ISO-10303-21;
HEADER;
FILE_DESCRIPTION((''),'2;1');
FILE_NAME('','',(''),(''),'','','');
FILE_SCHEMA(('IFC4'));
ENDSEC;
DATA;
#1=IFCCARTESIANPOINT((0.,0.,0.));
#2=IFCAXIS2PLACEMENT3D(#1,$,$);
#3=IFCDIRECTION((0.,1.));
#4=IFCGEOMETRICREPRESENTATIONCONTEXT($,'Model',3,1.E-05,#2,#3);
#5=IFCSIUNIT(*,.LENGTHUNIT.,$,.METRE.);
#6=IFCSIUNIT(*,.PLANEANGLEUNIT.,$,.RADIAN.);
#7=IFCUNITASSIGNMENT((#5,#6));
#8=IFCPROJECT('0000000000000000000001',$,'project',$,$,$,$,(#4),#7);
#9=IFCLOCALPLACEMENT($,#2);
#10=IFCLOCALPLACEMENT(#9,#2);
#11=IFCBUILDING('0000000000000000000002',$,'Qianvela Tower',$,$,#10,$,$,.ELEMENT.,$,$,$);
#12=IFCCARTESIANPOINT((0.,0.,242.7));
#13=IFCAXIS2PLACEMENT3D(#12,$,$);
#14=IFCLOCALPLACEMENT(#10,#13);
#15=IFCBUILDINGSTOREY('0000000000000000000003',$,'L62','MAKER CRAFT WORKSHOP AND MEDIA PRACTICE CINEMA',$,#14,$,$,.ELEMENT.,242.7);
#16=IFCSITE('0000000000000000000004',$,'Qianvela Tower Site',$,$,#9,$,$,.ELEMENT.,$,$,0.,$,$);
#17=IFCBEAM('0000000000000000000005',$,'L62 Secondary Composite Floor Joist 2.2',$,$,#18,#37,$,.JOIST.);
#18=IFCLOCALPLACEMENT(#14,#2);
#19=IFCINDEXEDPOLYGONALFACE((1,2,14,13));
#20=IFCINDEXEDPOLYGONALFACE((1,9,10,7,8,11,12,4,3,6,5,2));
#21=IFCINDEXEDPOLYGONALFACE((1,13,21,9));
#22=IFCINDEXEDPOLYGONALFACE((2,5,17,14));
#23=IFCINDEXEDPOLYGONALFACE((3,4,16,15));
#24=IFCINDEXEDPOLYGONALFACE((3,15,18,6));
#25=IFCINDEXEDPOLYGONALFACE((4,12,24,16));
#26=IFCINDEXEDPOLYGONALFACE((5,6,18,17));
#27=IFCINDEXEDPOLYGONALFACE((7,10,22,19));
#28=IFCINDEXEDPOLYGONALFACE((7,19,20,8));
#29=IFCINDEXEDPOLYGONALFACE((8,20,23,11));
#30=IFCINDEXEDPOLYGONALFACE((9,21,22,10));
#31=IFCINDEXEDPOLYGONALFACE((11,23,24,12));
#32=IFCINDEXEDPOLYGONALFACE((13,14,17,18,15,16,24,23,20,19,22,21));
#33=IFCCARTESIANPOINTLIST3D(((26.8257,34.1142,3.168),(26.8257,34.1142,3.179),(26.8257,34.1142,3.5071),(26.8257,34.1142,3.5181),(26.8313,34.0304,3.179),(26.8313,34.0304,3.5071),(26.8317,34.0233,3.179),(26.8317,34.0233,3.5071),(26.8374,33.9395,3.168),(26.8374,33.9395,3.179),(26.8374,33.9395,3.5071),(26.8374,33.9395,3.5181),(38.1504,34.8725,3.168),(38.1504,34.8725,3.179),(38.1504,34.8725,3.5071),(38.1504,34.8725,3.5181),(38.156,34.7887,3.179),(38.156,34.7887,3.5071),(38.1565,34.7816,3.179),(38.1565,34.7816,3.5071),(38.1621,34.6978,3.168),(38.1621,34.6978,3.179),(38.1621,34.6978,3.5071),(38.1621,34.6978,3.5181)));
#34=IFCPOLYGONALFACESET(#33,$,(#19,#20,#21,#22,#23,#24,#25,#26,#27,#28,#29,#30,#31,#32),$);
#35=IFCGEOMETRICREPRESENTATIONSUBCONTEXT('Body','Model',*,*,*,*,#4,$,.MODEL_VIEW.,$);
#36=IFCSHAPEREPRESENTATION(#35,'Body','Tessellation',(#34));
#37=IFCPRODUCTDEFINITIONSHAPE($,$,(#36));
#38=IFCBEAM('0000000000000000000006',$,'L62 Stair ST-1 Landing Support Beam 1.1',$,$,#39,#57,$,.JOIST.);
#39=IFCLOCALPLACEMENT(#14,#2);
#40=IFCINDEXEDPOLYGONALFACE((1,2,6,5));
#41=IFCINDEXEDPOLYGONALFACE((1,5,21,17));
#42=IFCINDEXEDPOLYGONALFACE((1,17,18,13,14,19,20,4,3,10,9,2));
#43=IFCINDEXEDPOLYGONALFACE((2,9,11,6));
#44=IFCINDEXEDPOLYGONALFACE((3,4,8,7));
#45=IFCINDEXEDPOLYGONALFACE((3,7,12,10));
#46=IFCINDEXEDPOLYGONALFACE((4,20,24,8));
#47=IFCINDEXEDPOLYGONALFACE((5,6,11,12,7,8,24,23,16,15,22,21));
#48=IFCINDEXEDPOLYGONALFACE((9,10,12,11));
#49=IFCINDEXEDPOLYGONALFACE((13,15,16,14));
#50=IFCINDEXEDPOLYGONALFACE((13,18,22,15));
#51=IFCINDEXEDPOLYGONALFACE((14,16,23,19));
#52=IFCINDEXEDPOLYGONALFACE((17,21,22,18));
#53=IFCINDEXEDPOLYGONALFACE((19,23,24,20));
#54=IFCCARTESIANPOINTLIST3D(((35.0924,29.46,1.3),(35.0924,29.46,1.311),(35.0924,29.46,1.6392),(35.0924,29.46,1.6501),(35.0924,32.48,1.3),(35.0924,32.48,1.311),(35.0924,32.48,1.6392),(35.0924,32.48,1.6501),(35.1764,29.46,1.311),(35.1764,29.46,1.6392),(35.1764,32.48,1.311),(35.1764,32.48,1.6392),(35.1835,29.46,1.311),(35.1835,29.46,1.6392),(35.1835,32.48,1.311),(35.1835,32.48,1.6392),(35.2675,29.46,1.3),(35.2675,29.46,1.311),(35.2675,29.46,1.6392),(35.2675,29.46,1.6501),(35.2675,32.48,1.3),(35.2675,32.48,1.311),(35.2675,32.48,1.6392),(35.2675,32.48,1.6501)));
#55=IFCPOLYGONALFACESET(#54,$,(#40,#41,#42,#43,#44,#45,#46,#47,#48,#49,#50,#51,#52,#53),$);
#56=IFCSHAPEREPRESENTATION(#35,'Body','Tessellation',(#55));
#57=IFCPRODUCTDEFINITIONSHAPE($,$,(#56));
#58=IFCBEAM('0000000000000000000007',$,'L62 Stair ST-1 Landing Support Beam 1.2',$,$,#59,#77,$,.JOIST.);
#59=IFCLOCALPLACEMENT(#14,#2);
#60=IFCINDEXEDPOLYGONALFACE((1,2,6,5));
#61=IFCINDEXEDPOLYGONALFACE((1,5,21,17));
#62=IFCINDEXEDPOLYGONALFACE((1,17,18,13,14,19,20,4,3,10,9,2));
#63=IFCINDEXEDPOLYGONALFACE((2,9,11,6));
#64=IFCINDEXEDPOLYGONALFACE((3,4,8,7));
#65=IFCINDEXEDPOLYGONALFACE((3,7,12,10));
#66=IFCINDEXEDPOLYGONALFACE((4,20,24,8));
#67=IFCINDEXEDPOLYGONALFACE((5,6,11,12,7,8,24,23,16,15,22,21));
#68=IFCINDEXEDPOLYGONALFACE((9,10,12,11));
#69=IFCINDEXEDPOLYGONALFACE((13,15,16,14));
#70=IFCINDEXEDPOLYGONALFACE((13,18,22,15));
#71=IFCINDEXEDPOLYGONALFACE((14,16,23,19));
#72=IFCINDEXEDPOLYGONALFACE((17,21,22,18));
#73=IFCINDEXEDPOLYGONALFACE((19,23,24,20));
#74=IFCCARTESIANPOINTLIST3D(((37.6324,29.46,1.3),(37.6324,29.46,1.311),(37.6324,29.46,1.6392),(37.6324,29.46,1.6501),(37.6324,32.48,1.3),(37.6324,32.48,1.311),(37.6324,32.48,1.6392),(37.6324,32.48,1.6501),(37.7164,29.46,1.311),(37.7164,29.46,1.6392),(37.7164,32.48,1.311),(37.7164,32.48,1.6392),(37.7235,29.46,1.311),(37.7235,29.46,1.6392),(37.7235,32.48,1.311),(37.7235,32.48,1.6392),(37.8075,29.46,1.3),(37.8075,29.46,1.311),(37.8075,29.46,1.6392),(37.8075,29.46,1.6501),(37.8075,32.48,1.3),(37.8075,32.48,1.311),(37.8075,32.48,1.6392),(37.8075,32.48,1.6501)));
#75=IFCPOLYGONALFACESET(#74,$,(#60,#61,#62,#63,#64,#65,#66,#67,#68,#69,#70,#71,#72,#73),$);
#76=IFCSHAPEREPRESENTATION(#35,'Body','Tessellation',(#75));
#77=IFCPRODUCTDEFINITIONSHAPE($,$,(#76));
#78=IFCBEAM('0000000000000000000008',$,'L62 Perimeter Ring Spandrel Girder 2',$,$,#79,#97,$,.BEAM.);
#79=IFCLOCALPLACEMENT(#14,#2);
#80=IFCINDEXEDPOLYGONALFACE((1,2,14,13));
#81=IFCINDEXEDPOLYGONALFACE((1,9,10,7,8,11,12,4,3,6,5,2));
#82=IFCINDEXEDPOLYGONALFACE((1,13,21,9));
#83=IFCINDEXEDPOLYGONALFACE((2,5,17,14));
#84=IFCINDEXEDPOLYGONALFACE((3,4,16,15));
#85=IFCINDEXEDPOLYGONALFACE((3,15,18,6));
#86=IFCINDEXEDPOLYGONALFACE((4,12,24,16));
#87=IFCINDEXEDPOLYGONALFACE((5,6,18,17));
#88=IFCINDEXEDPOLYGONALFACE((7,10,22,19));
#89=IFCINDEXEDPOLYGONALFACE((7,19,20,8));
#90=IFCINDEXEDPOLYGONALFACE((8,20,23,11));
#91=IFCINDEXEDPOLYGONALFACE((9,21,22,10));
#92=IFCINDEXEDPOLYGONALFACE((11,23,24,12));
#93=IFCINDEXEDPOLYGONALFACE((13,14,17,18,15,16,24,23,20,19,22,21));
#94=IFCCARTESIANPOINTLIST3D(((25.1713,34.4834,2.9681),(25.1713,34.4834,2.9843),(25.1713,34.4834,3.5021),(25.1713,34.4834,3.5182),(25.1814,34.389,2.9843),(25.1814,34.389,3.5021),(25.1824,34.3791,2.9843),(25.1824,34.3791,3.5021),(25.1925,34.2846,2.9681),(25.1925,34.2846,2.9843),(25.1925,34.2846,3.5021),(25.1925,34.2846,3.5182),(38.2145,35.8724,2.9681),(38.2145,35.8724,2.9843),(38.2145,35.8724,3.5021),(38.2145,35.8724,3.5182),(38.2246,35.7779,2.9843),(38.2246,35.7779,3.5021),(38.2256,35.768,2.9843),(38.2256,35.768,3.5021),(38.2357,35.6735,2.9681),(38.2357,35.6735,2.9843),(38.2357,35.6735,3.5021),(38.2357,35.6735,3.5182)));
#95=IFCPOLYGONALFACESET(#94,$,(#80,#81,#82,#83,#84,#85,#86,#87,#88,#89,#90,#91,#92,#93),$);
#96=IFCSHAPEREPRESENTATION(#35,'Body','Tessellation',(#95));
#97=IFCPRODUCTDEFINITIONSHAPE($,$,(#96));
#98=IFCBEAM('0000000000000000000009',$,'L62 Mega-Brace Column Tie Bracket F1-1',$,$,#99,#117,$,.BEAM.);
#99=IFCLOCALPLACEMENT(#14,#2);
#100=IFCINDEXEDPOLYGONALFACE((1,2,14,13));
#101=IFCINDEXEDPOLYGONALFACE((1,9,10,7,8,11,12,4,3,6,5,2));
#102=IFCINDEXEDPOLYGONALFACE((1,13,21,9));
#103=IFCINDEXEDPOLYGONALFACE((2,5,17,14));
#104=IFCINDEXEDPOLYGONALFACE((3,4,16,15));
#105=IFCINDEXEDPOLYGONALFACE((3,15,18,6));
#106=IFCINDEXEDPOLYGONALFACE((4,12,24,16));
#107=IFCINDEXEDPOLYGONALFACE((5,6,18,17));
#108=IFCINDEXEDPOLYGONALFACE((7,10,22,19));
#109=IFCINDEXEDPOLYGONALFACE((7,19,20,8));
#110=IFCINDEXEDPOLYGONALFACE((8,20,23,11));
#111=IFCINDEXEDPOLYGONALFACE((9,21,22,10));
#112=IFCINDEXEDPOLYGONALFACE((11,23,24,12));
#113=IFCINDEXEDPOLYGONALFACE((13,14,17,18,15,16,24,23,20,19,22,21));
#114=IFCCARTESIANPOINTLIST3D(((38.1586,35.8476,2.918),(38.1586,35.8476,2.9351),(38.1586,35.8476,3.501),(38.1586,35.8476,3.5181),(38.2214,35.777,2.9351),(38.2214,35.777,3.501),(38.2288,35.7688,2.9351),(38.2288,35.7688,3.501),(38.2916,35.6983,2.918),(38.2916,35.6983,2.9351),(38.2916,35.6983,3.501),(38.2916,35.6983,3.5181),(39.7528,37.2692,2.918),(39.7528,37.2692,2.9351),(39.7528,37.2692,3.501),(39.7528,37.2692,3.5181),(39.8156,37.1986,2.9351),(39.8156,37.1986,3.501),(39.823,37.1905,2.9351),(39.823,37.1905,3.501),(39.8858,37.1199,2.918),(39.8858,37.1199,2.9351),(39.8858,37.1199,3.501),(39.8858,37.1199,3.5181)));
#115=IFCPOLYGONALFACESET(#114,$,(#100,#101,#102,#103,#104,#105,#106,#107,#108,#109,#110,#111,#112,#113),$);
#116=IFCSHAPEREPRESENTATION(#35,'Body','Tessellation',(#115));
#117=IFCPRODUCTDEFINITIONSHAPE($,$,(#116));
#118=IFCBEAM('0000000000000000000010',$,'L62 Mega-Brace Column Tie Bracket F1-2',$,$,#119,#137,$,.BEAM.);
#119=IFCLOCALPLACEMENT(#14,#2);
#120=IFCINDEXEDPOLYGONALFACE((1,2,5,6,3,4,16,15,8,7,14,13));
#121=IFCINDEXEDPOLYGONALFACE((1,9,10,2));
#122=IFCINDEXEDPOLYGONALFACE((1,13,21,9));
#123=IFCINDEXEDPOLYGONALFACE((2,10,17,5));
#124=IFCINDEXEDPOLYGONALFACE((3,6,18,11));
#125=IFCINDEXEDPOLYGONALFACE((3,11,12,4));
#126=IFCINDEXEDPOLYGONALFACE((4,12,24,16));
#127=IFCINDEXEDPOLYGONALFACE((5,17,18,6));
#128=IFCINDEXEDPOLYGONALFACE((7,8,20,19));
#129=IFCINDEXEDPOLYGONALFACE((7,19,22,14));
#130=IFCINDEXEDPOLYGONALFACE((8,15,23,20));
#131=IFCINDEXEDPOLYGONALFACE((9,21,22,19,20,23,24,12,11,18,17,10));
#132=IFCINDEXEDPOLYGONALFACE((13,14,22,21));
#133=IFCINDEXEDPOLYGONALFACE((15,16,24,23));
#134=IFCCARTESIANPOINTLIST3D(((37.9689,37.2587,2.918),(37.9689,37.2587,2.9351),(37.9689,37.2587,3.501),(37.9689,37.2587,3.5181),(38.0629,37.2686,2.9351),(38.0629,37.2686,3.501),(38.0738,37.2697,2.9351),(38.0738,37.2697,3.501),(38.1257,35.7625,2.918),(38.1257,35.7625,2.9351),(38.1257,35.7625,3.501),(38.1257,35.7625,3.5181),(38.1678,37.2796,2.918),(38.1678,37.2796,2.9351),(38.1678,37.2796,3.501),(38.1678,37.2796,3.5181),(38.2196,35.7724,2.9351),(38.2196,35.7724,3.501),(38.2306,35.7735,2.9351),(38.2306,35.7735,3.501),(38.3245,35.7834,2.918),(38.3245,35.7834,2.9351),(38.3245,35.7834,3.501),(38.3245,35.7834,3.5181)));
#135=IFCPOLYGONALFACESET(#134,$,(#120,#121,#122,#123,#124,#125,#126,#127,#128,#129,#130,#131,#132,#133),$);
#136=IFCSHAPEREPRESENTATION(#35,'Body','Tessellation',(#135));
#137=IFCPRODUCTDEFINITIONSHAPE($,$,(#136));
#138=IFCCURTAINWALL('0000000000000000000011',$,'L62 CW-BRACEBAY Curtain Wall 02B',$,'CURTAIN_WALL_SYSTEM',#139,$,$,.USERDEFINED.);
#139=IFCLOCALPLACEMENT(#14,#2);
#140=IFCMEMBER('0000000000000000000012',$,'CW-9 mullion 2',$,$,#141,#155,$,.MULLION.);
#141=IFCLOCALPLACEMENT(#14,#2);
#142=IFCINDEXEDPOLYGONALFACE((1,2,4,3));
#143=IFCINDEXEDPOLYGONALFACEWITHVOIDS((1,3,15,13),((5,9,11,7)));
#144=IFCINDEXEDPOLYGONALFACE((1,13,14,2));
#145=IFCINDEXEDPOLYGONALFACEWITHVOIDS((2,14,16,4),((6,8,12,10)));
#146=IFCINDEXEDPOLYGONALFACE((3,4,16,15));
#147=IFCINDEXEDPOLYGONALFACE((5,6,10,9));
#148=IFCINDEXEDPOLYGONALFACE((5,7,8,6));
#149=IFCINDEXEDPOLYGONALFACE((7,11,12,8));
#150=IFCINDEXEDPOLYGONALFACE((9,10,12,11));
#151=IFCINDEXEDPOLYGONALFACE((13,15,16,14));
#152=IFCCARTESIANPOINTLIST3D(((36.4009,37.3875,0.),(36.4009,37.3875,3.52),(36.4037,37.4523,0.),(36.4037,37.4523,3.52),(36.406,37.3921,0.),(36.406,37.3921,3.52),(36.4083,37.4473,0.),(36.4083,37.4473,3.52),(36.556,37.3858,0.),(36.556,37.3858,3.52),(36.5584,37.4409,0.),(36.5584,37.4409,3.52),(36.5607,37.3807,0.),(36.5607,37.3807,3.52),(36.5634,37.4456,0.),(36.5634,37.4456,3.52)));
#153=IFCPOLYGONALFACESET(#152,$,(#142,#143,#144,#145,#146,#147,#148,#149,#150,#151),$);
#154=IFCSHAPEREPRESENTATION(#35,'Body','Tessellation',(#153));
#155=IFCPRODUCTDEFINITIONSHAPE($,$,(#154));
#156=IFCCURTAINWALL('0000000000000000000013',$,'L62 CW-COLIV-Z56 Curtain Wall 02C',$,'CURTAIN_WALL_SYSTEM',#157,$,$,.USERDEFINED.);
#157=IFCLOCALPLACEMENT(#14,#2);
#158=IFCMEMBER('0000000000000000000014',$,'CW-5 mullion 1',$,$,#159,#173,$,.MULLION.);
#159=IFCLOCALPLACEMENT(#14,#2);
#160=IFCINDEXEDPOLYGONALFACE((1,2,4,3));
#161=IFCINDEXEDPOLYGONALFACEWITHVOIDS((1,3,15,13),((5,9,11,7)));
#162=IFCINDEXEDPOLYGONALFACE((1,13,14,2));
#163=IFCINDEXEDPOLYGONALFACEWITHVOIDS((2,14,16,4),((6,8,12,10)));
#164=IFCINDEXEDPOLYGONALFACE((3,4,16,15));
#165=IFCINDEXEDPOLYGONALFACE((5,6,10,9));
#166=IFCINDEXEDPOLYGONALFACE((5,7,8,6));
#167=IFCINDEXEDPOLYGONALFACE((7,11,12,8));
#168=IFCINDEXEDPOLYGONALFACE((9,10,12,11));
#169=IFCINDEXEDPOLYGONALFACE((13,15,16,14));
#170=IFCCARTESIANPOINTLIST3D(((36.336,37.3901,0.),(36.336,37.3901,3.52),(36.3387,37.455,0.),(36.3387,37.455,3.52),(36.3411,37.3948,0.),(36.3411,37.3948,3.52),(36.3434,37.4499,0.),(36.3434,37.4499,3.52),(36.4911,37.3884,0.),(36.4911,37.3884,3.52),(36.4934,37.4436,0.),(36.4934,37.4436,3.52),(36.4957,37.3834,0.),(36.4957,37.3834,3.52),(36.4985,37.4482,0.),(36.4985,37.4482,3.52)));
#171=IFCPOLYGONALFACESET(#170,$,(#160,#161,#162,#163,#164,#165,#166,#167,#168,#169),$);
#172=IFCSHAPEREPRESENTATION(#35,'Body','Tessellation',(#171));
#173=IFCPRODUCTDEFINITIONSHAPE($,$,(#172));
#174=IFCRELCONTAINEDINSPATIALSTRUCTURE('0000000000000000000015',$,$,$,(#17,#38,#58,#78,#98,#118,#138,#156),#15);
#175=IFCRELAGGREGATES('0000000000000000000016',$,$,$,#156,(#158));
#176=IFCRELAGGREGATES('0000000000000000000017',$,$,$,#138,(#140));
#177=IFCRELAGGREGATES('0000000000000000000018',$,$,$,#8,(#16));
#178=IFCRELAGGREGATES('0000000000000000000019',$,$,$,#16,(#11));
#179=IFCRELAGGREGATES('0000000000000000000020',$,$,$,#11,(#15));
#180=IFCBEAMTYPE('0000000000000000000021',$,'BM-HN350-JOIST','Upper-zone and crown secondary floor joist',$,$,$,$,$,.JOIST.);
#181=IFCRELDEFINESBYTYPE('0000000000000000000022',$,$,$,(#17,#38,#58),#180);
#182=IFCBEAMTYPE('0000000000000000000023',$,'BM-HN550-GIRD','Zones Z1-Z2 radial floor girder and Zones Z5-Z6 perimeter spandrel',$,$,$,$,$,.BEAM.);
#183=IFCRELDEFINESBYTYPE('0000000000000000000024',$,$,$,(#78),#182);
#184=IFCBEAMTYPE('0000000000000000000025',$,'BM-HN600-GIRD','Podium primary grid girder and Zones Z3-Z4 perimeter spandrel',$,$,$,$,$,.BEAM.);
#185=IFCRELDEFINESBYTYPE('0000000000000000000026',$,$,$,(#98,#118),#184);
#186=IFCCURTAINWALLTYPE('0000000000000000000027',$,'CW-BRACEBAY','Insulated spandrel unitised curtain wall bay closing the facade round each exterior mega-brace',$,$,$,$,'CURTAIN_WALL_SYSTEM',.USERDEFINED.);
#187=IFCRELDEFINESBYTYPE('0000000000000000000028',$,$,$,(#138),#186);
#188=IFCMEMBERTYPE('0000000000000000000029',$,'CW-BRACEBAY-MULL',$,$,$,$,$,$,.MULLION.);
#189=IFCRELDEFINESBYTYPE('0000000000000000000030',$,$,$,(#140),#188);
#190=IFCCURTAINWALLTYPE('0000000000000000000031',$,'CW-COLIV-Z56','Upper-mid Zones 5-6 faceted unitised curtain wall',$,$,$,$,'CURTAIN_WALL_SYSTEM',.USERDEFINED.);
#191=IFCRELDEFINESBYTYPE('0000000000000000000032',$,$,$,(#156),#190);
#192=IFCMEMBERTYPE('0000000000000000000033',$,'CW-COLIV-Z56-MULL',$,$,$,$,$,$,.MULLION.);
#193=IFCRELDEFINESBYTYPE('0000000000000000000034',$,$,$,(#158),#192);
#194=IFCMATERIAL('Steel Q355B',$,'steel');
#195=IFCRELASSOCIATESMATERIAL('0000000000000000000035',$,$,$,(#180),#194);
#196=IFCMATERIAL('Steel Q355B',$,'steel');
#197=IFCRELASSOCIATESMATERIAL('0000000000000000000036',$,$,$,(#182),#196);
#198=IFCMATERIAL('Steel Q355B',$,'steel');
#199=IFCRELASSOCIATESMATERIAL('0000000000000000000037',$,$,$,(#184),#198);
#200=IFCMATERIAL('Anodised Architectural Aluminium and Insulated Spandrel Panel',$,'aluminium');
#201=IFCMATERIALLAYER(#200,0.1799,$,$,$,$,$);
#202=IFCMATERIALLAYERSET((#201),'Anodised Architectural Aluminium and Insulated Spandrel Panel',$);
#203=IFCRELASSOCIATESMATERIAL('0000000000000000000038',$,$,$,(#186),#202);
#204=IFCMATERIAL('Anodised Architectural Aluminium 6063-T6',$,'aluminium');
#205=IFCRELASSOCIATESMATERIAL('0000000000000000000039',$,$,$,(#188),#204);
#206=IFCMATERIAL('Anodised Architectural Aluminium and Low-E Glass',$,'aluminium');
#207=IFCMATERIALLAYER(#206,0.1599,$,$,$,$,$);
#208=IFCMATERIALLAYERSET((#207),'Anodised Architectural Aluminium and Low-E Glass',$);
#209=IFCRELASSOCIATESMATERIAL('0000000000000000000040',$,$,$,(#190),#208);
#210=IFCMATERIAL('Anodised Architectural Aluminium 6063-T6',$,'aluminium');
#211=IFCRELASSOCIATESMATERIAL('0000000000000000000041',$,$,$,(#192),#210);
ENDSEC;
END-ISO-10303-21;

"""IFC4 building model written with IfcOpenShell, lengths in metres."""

from ifc_helpers import new_model, si_unit, direction, frame, origin, origin_2d, place, context, subcontext, project, spatial, hollow_rectangle, i_section, extrude, material, layer, layer_set, material_profile, profile_set, type_object, element, aggregate, save


model = new_model("IFC4")

# Units and contexts
model_context = context("Model", 3, precision=1e-05, world=origin(), true_north=direction((0.0, 1.0)))
body_context = subcontext(model_context, "Body", "Model", "MODEL_VIEW")
ifc_project = project(units=[si_unit("LENGTHUNIT", "METRE"), si_unit("PLANEANGLEUNIT", "RADIAN")], contexts=[model_context])

# Site, building, storey
site_placement = place(None, origin())
site = spatial("IfcSite", under=ifc_project, at=site_placement, Name="Qianvela Tower Site", CompositionType="ELEMENT", RefElevation=0.0)
building_placement = place(site_placement, origin())
building = spatial("IfcBuilding", under=site, at=building_placement, Name="Qianvela Tower", CompositionType="ELEMENT")
storey_placement = place(building_placement, frame((0.0, 0.0, 242.7)))
storey = spatial("IfcBuildingStorey", under=building, at=storey_placement, Name="L62", Description="MAKER CRAFT WORKSHOP AND MEDIA PRACTICE CINEMA", CompositionType="ELEMENT", Elevation=242.7)

# Beams
ifc_material_1 = material(Name="Steel Q355B", Category="steel")
ifc_material_profile_1 = material_profile(ifc_material_1, i_section(OverallWidth=0.175, OverallDepth=0.3501, WebThickness=0.0071, FlangeThickness=0.011, at=origin_2d()), Name="HN350x175x7x11")
ifc_profile_set_1 = profile_set([ifc_material_profile_1], Name="Steel Q355B")
beam_type_1 = type_object("IfcBeamType", Name="BM-HN350-JOIST", Description="Upper-zone and crown secondary floor joist", PredefinedType="JOIST", material=ifc_profile_set_1)
beam_1_placement = place(storey_placement, frame((38.1562, 34.7852, 3.343), z_axis=(-0.997766, -0.06681, 0.0), x_axis=(0.06681, -0.997766, 0.0)))
element("IfcBeam", 1, at=beam_1_placement, inside=storey, type_object=beam_type_1, Name="L62 Secondary Composite Floor Joist 2.2", PredefinedType="JOIST", context=body_context, shape_type="SweptSolid", body=[
    extrude(i_section(OverallWidth=0.175, OverallDepth=0.3501, WebThickness=0.0071, FlangeThickness=0.011, at=origin_2d()), origin(), (0.0, 0.0, 1.0), 11.3501),
])
for number, where, z_axis, x_axis, name in (
    (2, (35.1799, 29.46, 1.4751), (0.0, 1.0, 0.0), (-1.0, 0.0, 0.0), "L62 Stair ST-1 Landing Support Beam 1.1"),
    (3, (37.72, 29.46, 1.4751), (0.0, 1.0, 0.0), (-1.0, 0.0, 0.0), "L62 Stair ST-1 Landing Support Beam 1.2"),
):
    element("IfcBeam", number, at=place(storey_placement, frame(where, z_axis=z_axis, x_axis=x_axis)), inside=storey, type_object=beam_type_1, Name=name, PredefinedType="JOIST", context=body_context, shape_type="SweptSolid", body=[
        extrude(i_section(OverallWidth=0.175, OverallDepth=0.3501, WebThickness=0.0071, FlangeThickness=0.011, at=origin_2d()), origin(), (0.0, 0.0, 1.0), 3.02),
    ])
ifc_material_2 = material(Name="Steel Q355B", Category="steel")
ifc_material_profile_2 = material_profile(ifc_material_2, i_section(OverallWidth=0.2, OverallDepth=0.55, WebThickness=0.01, FlangeThickness=0.0161, at=origin_2d()), Name="HN550x200x10x16")
ifc_profile_set_2 = profile_set([ifc_material_profile_2], Name="Steel Q355B")
beam_type_2 = type_object("IfcBeamType", Name="BM-HN550-GIRD", Description="Zones Z1-Z2 radial floor girder and Zones Z5-Z6 perimeter spandrel", PredefinedType="BEAM", material=ifc_profile_set_2)
beam_2_placement = place(storey_placement, frame((38.2251, 35.7729, 3.2432), z_axis=(-0.994378, -0.105887, 0.0), x_axis=(0.105887, -0.994378, 0.0)))
element("IfcBeam", 4, at=beam_2_placement, inside=storey, type_object=beam_type_2, Name="L62 Perimeter Ring Spandrel Girder 2", PredefinedType="BEAM", context=body_context, shape_type="SweptSolid", body=[
    extrude(i_section(OverallWidth=0.2, OverallDepth=0.55, WebThickness=0.01, FlangeThickness=0.0161, at=origin_2d()), origin(), (0.0, 0.0, 1.0), 13.1169),
])
ifc_material_3 = material(Name="Steel Q355B", Category="steel")
ifc_material_profile_3 = material_profile(ifc_material_3, i_section(OverallWidth=0.2, OverallDepth=0.6001, WebThickness=0.011, FlangeThickness=0.0171, at=origin_2d()), Name="HN600x200x11x17")
ifc_profile_set_3 = profile_set([ifc_material_profile_3], Name="Steel Q355B")
beam_type_3 = type_object("IfcBeamType", Name="BM-HN600-GIRD", Description="Podium primary grid girder and Zones Z3-Z4 perimeter spandrel", PredefinedType="BEAM", material=ifc_profile_set_3)
beam_3_placement = place(storey_placement, frame((38.2251, 35.7729, 3.218), z_axis=(0.746355, 0.665548, 0.0), x_axis=(-0.665548, 0.746355, 0.0)))
element("IfcBeam", 5, at=beam_3_placement, inside=storey, type_object=beam_type_3, Name="L62 Mega-Brace Column Tie Bracket F1-1", PredefinedType="BEAM", context=body_context, shape_type="SweptSolid", body=[
    extrude(i_section(OverallWidth=0.2, OverallDepth=0.6001, WebThickness=0.011, FlangeThickness=0.0171, at=origin_2d()), origin(), (0.0, 0.0, 1.0), 2.136),
])
beam_4_placement = place(storey_placement, frame((38.2251, 35.7729, 3.218), z_axis=(-0.104195, 0.994557, 0.0), x_axis=(-0.994557, -0.104195, 0.0)))
element("IfcBeam", 6, at=beam_4_placement, inside=storey, type_object=beam_type_3, Name="L62 Mega-Brace Column Tie Bracket F1-2", PredefinedType="BEAM", context=body_context, shape_type="SweptSolid", body=[
    extrude(i_section(OverallWidth=0.2, OverallDepth=0.6001, WebThickness=0.011, FlangeThickness=0.0171, at=origin_2d()), origin(), (0.0, 0.0, 1.0), 1.5044),
])

# Curtain wall, member
ifc_material_4 = material(Name="Anodised Architectural Aluminium and Insulated Spandrel Panel", Category="aluminium")
ifc_layer_1 = layer(ifc_material_4, 0.1799)
ifc_layer_set_1 = layer_set([ifc_layer_1], Name="Anodised Architectural Aluminium and Insulated Spandrel Panel")
curtain_wall_type_1 = type_object("IfcCurtainWallType", Name="CW-BRACEBAY", Description="Insulated spandrel unitised curtain wall bay closing the facade round each exterior mega-brace", ElementType="CURTAIN_WALL_SYSTEM", PredefinedType="USERDEFINED", material=ifc_layer_set_1)
curtain_wall_1_placement = place(storey_placement, origin())
curtain_wall_1 = element("IfcCurtainWall", 7, at=curtain_wall_1_placement, inside=storey, type_object=curtain_wall_type_1, Name="L62 CW-BRACEBAY Curtain Wall 02B", ObjectType="CURTAIN_WALL_SYSTEM", PredefinedType="USERDEFINED")
ifc_material_5 = material(Name="Anodised Architectural Aluminium 6063-T6", Category="aluminium")
ifc_material_profile_4 = material_profile(ifc_material_5, hollow_rectangle(XDim=0.0649, YDim=0.1599, WallThickness=0.0049, at=origin_2d()), Name="ALU-MULL-65x160")
ifc_profile_set_4 = profile_set([ifc_material_profile_4], Name="Anodised Architectural Aluminium 6063-T6")
member_type_1 = type_object("IfcMemberType", Name="CW-BRACEBAY-MULL", PredefinedType="MULLION", material=ifc_profile_set_4)
member_1_placement = place(storey_placement, frame((36.4822, 37.4165, 0.0), z_axis=(0.0, 0.0, 1.0), x_axis=(-0.042454, -0.999098, 0.0)))
member_1 = element("IfcMember", 8, at=member_1_placement, type_object=member_type_1, Name="CW-9 mullion 2", PredefinedType="MULLION", context=body_context, shape_type="SweptSolid", body=[
    extrude(hollow_rectangle(XDim=0.0649, YDim=0.1599, WallThickness=0.0049, at=origin_2d()), origin(), (0.0, 0.0, 1.0), 3.52),
])

# Curtain wall, member
ifc_material_6 = material(Name="Anodised Architectural Aluminium and Low-E Glass", Category="aluminium")
ifc_layer_2 = layer(ifc_material_6, 0.1599)
ifc_layer_set_2 = layer_set([ifc_layer_2], Name="Anodised Architectural Aluminium and Low-E Glass")
curtain_wall_type_2 = type_object("IfcCurtainWallType", Name="CW-COLIV-Z56", Description="Upper-mid Zones 5-6 faceted unitised curtain wall", ElementType="CURTAIN_WALL_SYSTEM", PredefinedType="USERDEFINED", material=ifc_layer_set_2)
curtain_wall_2_placement = place(storey_placement, origin())
curtain_wall_2 = element("IfcCurtainWall", 9, at=curtain_wall_2_placement, inside=storey, type_object=curtain_wall_type_2, Name="L62 CW-COLIV-Z56 Curtain Wall 02C", ObjectType="CURTAIN_WALL_SYSTEM", PredefinedType="USERDEFINED")
ifc_material_7 = material(Name="Anodised Architectural Aluminium 6063-T6", Category="aluminium")
ifc_material_profile_5 = material_profile(ifc_material_7, hollow_rectangle(XDim=0.0649, YDim=0.1599, WallThickness=0.0049, at=origin_2d()), Name="ALU-MULL-65x160")
ifc_profile_set_5 = profile_set([ifc_material_profile_5], Name="Anodised Architectural Aluminium 6063-T6")
member_type_2 = type_object("IfcMemberType", Name="CW-COLIV-Z56-MULL", PredefinedType="MULLION", material=ifc_profile_set_5)
member_2_placement = place(storey_placement, frame((36.4172, 37.4192, 0.0), z_axis=(0.0, 0.0, 1.0), x_axis=(-0.042455, -0.999098, 0.0)))
member_2 = element("IfcMember", 10, at=member_2_placement, type_object=member_type_2, Name="CW-5 mullion 1", PredefinedType="MULLION", context=body_context, shape_type="SweptSolid", body=[
    extrude(hollow_rectangle(XDim=0.0649, YDim=0.1599, WallThickness=0.0049, at=origin_2d()), origin(), (0.0, 0.0, 1.0), 3.52),
])
aggregate(curtain_wall_2, [member_2])

aggregate(curtain_wall_1, [member_1])

save(model, "model.ifc")
